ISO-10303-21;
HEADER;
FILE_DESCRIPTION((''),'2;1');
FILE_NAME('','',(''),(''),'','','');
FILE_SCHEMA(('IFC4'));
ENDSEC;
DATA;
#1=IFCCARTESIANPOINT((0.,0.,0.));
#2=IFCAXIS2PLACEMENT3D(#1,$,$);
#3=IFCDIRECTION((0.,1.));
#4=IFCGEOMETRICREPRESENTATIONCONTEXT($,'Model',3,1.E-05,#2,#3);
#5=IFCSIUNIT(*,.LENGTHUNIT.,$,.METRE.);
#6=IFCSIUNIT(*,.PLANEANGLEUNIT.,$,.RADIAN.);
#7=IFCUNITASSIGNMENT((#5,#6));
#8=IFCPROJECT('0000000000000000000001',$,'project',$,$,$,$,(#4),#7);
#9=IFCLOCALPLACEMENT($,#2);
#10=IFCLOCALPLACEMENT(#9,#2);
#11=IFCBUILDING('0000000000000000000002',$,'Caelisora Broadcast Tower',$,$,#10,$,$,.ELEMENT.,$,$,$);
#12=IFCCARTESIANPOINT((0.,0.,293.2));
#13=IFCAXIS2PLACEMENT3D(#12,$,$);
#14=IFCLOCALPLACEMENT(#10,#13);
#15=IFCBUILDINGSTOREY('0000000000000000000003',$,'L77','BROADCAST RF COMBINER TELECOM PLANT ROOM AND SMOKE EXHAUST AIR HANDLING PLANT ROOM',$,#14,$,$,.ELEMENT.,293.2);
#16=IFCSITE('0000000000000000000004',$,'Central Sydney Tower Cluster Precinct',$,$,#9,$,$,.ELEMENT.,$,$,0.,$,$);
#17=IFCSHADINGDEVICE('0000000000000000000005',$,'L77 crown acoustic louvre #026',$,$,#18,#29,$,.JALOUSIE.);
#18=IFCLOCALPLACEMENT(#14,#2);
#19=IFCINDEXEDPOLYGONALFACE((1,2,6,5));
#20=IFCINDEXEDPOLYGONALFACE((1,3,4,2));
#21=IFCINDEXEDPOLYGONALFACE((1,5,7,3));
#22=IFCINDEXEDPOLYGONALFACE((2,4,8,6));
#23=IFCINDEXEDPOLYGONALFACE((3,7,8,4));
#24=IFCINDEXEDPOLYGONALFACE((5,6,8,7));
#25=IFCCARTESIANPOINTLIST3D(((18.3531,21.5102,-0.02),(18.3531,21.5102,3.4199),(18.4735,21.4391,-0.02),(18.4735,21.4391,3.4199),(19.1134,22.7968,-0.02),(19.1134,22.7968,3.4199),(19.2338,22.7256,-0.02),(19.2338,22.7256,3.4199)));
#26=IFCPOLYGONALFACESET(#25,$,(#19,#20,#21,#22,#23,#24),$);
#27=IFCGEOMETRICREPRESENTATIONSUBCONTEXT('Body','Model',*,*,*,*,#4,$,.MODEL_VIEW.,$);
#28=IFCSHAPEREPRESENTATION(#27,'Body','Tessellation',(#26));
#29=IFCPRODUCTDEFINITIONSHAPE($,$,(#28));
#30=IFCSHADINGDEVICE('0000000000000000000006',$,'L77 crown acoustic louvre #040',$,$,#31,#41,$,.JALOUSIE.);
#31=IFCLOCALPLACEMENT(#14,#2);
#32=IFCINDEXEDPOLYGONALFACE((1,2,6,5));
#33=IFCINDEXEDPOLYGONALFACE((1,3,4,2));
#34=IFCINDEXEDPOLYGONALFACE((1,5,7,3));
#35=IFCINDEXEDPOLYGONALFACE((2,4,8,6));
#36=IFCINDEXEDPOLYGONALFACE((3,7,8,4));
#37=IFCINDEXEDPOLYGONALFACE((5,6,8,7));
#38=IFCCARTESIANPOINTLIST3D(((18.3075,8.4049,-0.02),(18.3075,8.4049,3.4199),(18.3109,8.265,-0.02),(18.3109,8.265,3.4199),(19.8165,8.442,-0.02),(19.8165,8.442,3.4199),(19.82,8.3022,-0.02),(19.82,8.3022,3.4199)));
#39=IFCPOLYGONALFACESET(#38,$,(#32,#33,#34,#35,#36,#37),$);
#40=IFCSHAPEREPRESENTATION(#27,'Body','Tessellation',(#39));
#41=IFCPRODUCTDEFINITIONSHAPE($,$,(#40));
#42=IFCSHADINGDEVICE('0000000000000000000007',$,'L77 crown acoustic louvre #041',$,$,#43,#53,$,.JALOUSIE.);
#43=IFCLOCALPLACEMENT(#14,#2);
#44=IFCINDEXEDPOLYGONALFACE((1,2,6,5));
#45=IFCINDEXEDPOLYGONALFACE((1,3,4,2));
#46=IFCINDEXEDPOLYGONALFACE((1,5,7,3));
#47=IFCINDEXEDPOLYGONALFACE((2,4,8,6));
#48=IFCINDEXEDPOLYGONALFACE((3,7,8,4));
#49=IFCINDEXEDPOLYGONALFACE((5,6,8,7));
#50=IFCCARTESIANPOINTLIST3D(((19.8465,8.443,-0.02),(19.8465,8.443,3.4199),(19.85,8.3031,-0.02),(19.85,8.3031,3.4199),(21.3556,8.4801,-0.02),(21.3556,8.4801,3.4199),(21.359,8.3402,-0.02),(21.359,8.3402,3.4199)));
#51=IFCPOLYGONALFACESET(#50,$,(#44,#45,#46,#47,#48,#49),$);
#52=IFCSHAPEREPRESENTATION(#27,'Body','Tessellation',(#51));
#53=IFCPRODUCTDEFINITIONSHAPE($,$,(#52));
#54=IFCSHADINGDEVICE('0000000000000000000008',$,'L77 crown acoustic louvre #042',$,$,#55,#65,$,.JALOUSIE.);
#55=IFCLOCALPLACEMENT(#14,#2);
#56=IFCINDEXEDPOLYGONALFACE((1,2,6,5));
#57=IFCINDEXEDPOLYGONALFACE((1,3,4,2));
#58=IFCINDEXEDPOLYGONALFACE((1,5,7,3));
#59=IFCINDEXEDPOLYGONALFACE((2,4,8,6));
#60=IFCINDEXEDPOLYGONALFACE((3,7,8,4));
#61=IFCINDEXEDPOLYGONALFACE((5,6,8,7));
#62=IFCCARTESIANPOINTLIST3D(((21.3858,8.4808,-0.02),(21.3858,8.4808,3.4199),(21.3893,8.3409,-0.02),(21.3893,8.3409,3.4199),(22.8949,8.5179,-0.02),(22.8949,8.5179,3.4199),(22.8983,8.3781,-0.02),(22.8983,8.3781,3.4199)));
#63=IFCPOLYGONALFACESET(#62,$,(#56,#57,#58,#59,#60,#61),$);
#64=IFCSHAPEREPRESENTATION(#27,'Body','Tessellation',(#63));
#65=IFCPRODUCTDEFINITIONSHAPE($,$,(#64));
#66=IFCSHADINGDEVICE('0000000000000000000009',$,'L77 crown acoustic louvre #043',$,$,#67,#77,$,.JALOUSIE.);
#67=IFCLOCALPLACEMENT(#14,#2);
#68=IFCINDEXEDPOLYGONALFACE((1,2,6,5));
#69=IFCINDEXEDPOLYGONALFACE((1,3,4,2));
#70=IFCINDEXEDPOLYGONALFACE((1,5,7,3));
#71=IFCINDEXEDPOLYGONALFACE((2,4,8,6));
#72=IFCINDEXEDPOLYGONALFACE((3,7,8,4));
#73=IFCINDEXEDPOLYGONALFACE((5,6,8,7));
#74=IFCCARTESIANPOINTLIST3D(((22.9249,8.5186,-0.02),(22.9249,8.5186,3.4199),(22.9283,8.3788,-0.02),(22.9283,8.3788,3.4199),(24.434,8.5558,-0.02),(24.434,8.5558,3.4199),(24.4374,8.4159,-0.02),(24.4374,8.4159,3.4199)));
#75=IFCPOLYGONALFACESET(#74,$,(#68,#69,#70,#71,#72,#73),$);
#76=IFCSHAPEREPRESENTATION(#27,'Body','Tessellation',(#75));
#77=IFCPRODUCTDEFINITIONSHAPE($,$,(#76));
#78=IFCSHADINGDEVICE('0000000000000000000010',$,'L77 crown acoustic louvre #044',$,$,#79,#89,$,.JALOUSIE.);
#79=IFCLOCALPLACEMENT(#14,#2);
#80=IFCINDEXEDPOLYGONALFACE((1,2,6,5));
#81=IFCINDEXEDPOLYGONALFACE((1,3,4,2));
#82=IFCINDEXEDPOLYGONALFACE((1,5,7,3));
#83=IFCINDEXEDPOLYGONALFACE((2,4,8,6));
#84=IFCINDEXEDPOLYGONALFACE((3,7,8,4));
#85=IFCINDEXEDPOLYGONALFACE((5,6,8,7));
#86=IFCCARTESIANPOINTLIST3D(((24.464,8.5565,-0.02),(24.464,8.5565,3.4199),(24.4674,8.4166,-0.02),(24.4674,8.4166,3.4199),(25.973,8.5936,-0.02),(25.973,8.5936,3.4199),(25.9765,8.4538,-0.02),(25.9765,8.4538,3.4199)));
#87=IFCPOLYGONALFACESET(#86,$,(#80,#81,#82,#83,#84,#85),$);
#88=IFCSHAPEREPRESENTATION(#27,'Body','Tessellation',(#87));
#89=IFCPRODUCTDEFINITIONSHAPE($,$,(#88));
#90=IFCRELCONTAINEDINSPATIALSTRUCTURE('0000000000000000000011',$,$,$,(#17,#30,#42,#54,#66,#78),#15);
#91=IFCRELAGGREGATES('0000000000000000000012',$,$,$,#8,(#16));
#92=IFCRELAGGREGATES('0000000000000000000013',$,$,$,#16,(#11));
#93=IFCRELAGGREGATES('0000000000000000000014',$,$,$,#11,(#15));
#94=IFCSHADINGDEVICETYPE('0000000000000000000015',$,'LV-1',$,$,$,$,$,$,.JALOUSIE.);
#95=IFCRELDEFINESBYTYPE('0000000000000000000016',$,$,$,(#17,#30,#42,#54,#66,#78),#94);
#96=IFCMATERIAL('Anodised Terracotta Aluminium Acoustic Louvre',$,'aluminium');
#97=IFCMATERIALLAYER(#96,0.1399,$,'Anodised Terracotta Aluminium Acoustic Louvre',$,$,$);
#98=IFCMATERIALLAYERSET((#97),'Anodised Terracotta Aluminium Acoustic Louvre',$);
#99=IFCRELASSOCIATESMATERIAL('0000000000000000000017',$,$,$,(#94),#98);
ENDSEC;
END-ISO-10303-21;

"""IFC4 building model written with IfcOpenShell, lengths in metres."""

from ifc_helpers import new_model, si_unit, direction, frame, origin, origin_2d, place, context, subcontext, project, spatial, rectangle, extrude, source, transform, mapped, material, layer, layer_set, type_object, type_shapes, element, save


model = new_model("IFC4")

# Units and contexts
model_context = context("Model", 3, precision=1e-05, world=origin(), true_north=direction((0.0, 1.0)))
body_context = subcontext(model_context, "Body", "Model", "MODEL_VIEW")
ifc_project = project(units=[si_unit("LENGTHUNIT", "METRE"), si_unit("PLANEANGLEUNIT", "RADIAN")], contexts=[model_context])

# Site, building, storey
site_placement = place(None, origin())
site = spatial("IfcSite", under=ifc_project, at=site_placement, Name="Central Sydney Tower Cluster Precinct", CompositionType="ELEMENT", RefElevation=0.0)
building_placement = place(site_placement, origin())
building = spatial("IfcBuilding", under=site, at=building_placement, Name="Caelisora Broadcast Tower", CompositionType="ELEMENT")
storey_placement = place(building_placement, frame((0.0, 0.0, 293.2)))
storey = spatial("IfcBuildingStorey", under=building, at=storey_placement, Name="L77", Description="BROADCAST RF COMBINER TELECOM PLANT ROOM AND SMOKE EXHAUST AIR HANDLING PLANT ROOM", CompositionType="ELEMENT", Elevation=293.2)

# Shading devices
ifc_material_1 = material(Name="Anodised Terracotta Aluminium Acoustic Louvre", Category="aluminium")
ifc_layer_1 = layer(ifc_material_1, 0.1399, Name="Anodised Terracotta Aluminium Acoustic Louvre")
ifc_layer_set_1 = layer_set([ifc_layer_1], Name="Anodised Terracotta Aluminium Acoustic Louvre")
shading_device_type = type_object("IfcShadingDeviceType", Name="LV-1", PredefinedType="JALOUSIE", material=ifc_layer_set_1)
shared_shape_1 = source(origin(), body_context, "Body", "SweptSolid", [
    extrude(rectangle(XDim=1.4944, YDim=0.1399, at=origin_2d()), origin(), (0.0, 0.0, 1.0), 3.4399),
])
shading_device_placement = place(storey_placement, frame((18.7935, 22.1179, -0.02), z_axis=(0.0, 0.0, 1.0), x_axis=(-0.508741, -0.86092, 0.0)))
element("IfcShadingDevice", 1, at=shading_device_placement, inside=storey, type_object=shading_device_type, Name="L77 crown acoustic louvre #026", PredefinedType="JALOUSIE", context=body_context, shape_type="MappedRepresentation", body=[
    mapped(shared_shape_1, transform((0.0, 0.0, 0.0), scale=1.0)),
])
shared_shape_2 = source(origin(), body_context, "Body", "SweptSolid", [
    extrude(rectangle(XDim=1.5095, YDim=0.1399, at=origin_2d()), origin(), (0.0, 0.0, 1.0), 3.4399),
])
type_shapes(shading_device_type, [shared_shape_1, shared_shape_2])
for number, where, z_axis, x_axis, name in (
    (2, (19.0637, 8.3535, -0.02), (0.0, 0.0, 1.0), (0.999697, 0.024607, 0.0), "L77 crown acoustic louvre #040"),
    (3, (20.6028, 8.3916, -0.02), (0.0, 0.0, 1.0), (0.999697, 0.024607, 0.0), "L77 crown acoustic louvre #041"),
    (4, (22.1421, 8.4294, -0.02), (0.0, 0.0, 1.0), (0.999697, 0.024607, 0.0), "L77 crown acoustic louvre #042"),
    (5, (23.6812, 8.4673, -0.02), (0.0, 0.0, 1.0), (0.999697, 0.024607, 0.0), "L77 crown acoustic louvre #043"),
    (6, (25.2202, 8.5051, -0.02), (0.0, 0.0, 1.0), (0.999697, 0.024607, 0.0), "L77 crown acoustic louvre #044"),
):
    element("IfcShadingDevice", number, at=place(storey_placement, frame(where, z_axis=z_axis, x_axis=x_axis)), inside=storey, type_object=shading_device_type, Name=name, PredefinedType="JALOUSIE", context=body_context, shape_type="MappedRepresentation", body=[
        mapped(shared_shape_2, transform((0.0, 0.0, 0.0), scale=1.0)),
    ])

save(model, "model.ifc")
